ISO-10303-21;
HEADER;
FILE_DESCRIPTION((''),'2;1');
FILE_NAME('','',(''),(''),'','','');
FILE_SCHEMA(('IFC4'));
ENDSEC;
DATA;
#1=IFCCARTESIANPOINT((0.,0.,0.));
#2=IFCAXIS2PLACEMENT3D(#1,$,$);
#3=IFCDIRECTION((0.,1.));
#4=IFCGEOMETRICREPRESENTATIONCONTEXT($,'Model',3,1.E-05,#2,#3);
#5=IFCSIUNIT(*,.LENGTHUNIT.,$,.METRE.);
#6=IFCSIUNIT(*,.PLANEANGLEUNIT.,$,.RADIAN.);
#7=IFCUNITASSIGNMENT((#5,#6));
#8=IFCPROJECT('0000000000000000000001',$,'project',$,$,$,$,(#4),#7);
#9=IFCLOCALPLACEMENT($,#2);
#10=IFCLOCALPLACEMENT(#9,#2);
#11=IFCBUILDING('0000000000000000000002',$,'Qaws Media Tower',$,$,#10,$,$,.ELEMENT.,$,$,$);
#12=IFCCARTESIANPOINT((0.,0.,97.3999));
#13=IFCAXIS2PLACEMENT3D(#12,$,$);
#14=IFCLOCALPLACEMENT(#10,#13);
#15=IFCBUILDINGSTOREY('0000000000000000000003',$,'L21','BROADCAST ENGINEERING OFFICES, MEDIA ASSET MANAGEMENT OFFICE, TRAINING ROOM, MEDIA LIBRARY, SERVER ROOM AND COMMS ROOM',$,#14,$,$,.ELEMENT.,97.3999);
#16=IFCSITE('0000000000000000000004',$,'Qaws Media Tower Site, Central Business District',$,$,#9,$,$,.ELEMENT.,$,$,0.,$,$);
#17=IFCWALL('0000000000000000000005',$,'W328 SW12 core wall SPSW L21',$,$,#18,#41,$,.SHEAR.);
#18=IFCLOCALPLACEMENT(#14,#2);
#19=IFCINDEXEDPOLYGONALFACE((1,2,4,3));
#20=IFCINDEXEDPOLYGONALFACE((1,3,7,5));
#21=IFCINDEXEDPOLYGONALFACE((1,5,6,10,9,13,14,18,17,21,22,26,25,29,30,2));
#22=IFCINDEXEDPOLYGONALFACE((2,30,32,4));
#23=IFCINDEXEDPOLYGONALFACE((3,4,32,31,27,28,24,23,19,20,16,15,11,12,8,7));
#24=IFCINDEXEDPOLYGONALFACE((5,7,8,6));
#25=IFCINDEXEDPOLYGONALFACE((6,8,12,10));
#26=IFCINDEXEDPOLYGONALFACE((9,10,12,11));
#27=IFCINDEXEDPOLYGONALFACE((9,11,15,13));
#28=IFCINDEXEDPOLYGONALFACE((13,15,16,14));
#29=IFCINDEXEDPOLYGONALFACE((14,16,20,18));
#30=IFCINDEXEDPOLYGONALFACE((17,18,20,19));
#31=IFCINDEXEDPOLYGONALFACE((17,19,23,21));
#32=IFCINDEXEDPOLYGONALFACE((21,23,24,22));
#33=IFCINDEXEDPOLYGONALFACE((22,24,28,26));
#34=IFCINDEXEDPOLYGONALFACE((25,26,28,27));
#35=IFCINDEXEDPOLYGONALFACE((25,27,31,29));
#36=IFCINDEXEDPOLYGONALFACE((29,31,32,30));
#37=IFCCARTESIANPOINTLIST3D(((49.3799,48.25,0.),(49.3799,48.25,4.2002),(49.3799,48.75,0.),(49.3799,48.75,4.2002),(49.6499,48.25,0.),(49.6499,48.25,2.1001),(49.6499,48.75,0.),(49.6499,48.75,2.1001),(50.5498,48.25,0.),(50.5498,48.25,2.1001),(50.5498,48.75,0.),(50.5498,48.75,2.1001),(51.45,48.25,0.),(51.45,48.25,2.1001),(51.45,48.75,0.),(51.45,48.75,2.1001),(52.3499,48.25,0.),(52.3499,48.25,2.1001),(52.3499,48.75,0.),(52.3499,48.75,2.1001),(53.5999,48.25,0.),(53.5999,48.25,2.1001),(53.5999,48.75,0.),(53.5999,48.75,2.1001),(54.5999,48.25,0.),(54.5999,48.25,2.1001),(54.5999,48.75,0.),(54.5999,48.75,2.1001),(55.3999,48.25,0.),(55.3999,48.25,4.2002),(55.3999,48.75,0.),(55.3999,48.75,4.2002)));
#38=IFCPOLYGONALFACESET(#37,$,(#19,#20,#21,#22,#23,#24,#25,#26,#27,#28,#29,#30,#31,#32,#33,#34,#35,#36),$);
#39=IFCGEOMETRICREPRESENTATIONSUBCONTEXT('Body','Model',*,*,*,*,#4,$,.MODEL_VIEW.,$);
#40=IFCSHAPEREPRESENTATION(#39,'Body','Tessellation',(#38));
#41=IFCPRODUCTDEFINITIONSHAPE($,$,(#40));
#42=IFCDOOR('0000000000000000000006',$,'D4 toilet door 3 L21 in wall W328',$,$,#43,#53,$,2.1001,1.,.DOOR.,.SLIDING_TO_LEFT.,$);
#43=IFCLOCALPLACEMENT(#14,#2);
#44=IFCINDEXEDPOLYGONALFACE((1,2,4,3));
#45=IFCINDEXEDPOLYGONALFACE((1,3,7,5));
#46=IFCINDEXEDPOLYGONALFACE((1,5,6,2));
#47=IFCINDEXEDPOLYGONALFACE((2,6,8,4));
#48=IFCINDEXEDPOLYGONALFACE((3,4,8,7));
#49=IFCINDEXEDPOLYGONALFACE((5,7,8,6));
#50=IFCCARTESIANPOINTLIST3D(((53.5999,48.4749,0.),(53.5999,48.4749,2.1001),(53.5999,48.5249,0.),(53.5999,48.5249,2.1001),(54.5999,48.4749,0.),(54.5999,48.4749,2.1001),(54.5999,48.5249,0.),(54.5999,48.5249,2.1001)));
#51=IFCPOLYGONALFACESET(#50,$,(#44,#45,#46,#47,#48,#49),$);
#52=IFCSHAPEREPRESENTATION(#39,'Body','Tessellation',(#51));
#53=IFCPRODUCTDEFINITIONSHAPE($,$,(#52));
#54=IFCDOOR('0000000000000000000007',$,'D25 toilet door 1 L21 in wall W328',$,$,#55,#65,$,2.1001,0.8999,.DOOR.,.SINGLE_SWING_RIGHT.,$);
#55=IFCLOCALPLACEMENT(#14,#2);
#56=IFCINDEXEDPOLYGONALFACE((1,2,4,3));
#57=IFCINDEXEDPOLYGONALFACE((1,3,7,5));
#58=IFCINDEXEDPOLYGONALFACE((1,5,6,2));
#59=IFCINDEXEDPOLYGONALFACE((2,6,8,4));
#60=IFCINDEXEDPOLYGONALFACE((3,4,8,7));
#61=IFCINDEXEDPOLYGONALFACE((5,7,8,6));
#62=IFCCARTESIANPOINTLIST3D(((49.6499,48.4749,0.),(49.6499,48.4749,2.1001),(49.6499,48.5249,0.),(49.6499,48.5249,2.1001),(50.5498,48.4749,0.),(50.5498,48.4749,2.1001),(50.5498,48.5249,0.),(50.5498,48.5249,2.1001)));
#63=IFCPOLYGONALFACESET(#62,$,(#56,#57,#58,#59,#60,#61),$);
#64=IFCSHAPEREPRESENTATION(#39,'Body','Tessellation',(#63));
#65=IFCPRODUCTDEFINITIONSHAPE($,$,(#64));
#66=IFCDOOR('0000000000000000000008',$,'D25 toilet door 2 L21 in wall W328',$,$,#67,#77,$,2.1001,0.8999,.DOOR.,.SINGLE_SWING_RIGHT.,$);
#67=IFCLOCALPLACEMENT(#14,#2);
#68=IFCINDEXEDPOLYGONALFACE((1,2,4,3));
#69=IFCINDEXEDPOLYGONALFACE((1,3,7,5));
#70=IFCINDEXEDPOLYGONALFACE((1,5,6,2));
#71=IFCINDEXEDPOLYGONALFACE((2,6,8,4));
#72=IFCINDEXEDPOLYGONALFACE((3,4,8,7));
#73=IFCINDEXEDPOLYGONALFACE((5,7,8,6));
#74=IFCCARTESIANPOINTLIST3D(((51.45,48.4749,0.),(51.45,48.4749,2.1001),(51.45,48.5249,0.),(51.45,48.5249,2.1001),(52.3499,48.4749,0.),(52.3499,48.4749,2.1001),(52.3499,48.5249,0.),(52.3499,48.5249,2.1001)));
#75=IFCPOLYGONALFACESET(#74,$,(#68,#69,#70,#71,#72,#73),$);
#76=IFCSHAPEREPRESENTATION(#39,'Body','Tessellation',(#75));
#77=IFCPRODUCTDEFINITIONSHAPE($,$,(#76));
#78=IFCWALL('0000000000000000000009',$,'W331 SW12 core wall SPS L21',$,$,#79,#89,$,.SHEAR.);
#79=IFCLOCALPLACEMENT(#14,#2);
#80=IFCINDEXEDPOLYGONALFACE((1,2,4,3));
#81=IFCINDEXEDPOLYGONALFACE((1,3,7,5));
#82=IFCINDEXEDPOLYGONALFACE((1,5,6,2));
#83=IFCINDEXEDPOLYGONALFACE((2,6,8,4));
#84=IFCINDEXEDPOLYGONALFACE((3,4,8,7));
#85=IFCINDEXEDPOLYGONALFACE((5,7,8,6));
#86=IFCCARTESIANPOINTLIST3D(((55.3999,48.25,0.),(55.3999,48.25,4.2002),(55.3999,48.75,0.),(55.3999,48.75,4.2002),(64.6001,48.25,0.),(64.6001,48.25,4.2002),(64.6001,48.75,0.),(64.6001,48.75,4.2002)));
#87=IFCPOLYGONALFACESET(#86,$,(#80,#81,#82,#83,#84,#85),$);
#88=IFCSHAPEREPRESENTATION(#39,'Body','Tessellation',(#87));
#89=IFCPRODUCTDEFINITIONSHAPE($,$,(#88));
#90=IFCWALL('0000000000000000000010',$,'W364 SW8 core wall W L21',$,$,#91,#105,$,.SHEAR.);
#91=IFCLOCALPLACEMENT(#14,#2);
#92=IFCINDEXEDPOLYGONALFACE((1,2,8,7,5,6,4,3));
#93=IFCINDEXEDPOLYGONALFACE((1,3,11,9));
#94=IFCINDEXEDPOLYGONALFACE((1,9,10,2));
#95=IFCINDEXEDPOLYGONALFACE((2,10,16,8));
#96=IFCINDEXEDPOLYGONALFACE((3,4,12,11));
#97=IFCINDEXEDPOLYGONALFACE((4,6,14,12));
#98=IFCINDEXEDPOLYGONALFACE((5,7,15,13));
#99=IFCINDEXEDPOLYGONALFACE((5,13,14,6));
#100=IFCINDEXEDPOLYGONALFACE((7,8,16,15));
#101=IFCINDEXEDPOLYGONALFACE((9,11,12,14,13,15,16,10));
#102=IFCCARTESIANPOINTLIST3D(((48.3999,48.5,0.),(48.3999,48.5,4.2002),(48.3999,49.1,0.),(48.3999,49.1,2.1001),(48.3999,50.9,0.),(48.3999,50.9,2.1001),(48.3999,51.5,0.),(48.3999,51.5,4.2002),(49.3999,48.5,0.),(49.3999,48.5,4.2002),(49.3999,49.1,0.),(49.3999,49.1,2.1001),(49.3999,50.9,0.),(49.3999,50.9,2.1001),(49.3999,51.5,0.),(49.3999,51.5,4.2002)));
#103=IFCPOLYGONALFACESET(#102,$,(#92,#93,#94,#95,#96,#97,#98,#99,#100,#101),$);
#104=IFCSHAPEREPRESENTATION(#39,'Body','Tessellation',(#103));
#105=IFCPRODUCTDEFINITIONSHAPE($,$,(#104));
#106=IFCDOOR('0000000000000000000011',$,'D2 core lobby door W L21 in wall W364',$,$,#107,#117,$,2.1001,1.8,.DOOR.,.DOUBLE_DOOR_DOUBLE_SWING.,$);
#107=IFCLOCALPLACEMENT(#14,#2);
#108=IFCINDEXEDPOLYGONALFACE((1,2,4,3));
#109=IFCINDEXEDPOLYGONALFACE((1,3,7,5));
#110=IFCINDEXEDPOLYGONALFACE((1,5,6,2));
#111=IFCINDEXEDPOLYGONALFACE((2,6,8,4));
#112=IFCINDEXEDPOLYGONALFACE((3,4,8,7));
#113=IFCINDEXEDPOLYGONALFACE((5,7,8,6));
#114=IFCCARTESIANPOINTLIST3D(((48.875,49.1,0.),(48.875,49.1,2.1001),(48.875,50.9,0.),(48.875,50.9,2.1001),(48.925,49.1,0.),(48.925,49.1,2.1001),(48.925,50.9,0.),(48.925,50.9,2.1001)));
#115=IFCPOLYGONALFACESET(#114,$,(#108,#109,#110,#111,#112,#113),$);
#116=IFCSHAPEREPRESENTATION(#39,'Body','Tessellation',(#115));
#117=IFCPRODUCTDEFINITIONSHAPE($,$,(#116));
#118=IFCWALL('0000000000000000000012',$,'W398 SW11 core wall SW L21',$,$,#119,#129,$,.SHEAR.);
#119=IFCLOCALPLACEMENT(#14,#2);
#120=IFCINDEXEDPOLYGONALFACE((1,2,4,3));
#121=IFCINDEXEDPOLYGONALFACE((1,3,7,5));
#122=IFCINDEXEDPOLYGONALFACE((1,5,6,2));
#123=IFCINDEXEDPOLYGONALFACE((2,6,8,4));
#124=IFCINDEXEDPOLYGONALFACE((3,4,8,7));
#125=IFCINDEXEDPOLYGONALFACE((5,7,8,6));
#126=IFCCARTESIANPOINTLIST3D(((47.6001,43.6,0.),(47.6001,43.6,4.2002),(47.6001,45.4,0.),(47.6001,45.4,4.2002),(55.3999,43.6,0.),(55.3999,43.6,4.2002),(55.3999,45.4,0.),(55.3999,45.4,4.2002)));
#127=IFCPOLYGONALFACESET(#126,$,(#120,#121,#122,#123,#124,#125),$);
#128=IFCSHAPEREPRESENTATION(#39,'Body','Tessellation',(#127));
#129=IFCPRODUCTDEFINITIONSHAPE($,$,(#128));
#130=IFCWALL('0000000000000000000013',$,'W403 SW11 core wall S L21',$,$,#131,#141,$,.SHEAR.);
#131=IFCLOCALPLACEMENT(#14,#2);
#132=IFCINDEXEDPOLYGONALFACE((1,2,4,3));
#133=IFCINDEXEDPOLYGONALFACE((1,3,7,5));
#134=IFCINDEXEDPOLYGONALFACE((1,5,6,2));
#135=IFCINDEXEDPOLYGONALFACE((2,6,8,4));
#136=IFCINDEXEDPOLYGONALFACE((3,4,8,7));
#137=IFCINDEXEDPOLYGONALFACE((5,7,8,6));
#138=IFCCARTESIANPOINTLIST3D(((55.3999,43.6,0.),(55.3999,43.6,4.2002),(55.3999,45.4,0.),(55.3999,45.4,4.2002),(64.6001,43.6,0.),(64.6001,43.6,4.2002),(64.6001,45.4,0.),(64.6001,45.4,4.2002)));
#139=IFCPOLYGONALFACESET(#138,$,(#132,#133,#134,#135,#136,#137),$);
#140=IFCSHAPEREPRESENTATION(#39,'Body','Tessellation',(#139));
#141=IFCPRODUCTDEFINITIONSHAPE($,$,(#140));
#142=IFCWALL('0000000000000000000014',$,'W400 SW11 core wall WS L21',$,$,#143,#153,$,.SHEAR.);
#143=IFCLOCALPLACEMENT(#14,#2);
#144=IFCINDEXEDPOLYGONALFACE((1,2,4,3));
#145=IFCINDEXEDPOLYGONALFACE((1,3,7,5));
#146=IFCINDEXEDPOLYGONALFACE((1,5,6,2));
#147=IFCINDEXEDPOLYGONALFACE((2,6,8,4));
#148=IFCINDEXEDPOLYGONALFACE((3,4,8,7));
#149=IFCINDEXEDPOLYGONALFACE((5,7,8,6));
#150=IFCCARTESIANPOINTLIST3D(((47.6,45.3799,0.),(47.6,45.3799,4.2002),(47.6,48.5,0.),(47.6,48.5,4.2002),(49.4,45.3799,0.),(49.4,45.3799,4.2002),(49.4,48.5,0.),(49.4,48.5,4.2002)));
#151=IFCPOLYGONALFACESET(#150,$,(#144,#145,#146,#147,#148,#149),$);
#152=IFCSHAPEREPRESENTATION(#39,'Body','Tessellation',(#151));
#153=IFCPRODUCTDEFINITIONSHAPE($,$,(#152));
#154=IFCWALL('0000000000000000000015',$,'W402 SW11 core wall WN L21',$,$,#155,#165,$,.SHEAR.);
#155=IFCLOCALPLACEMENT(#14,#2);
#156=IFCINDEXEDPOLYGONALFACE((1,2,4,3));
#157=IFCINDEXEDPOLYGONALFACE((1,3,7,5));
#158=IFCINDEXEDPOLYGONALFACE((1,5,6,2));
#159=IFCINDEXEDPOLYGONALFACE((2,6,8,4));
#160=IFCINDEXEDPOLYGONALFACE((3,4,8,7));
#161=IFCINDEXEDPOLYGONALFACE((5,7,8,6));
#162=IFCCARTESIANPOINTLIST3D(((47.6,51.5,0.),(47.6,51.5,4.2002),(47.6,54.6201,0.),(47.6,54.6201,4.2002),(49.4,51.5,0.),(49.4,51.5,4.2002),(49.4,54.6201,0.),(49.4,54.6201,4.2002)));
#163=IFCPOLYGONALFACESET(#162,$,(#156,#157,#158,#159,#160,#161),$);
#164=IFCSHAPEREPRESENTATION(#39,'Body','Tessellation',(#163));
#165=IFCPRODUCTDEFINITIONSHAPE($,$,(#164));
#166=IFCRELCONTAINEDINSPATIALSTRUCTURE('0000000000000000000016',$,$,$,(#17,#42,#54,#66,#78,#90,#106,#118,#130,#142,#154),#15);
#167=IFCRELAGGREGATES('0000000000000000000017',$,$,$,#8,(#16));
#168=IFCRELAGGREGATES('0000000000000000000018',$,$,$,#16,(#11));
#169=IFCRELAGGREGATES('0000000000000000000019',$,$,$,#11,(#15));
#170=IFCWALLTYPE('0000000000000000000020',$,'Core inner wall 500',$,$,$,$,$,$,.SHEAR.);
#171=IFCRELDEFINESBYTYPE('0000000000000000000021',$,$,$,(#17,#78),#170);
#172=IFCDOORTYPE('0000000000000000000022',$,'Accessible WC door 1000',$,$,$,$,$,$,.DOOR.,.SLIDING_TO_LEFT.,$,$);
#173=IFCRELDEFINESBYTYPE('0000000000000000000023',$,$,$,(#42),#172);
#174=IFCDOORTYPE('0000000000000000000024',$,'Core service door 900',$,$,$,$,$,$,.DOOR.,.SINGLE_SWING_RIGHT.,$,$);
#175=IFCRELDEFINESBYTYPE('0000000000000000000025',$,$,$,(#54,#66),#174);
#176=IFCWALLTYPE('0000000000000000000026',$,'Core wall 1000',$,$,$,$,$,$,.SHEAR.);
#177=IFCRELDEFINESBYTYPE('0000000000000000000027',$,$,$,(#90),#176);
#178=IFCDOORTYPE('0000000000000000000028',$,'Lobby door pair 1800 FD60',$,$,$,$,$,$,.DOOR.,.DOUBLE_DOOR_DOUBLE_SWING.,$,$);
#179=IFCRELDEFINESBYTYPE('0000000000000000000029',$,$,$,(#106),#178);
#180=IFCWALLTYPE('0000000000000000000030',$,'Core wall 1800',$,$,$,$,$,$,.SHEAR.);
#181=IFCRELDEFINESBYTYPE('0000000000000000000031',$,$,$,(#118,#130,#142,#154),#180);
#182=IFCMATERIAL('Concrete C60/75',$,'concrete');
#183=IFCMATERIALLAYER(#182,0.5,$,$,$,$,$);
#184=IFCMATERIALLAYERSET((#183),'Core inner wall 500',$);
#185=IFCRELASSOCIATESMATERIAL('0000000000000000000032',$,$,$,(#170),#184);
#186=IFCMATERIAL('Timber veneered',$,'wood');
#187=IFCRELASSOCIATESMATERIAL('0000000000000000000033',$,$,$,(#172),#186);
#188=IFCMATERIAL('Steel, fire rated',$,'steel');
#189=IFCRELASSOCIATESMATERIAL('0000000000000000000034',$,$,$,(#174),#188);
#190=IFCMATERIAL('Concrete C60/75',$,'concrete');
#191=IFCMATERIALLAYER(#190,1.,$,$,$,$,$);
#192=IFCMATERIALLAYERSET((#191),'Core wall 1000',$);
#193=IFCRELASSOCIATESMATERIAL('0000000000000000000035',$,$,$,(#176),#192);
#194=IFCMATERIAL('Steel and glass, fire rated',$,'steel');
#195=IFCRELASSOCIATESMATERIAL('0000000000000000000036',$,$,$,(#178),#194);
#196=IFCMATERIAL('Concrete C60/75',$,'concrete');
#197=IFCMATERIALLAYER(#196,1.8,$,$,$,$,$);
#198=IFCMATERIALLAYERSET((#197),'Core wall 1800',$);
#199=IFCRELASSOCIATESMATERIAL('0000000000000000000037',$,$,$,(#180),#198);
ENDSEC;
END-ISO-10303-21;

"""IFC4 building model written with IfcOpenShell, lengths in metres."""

from ifc_helpers import new_model, si_unit, direction, frame, frame_2d, origin, place, context, subcontext, project, spatial, rectangle, extrude, material, layer, layer_set, type_object, element, fill, save


model = new_model("IFC4")

# Units and contexts
model_context = context("Model", 3, precision=1e-05, world=origin(), true_north=direction((0.0, 1.0)))
body_context = subcontext(model_context, "Body", "Model", "MODEL_VIEW")
ifc_project = project(units=[si_unit("LENGTHUNIT", "METRE"), si_unit("PLANEANGLEUNIT", "RADIAN")], contexts=[model_context])

# Site, building, storey
site_placement = place(None, origin())
site = spatial("IfcSite", under=ifc_project, at=site_placement, Name="Qaws Media Tower Site, Central Business District", CompositionType="ELEMENT", RefElevation=0.0)
building_placement = place(site_placement, origin())
building = spatial("IfcBuilding", under=site, at=building_placement, Name="Qaws Media Tower", CompositionType="ELEMENT")
storey_placement = place(building_placement, frame((0.0, 0.0, 97.3999)))
storey = spatial("IfcBuildingStorey", under=building, at=storey_placement, Name="L21", Description="BROADCAST ENGINEERING OFFICES, MEDIA ASSET MANAGEMENT OFFICE, TRAINING ROOM, MEDIA LIBRARY, SERVER ROOM AND COMMS ROOM", CompositionType="ELEMENT", Elevation=97.3999)

# Shared definitions
ifc_material_1 = material(Name="Concrete C60/75", Category="concrete")
ifc_layer_1 = layer(ifc_material_1, 0.5)
ifc_layer_set_1 = layer_set([ifc_layer_1], Name="Core inner wall 500")
wall_type_1 = type_object("IfcWallType", Name="Core inner wall 500", PredefinedType="SHEAR", material=ifc_layer_set_1)

# Wall, openings, doors
wall_1_placement = place(storey_placement, frame((49.3799, 48.5, 0.0), z_axis=(0.0, 0.0, 1.0), x_axis=(1.0, 0.0, 0.0)))
wall_1 = element("IfcWall", 1, at=wall_1_placement, inside=storey, type_object=wall_type_1, Name="W328 SW12 core wall SPSW L21", PredefinedType="SHEAR", context=body_context, shape_type="SweptSolid", body=[
    extrude(rectangle(XDim=6.02, YDim=0.5, at=frame_2d((3.01, 0.0))), origin(), (0.0, 0.0, 1.0), 4.2002),
])
opening_1_placement = place(wall_1_placement, frame((0.27, 0.0, 0.0)))
opening_1 = element("IfcOpeningElement", 2, at=opening_1_placement, cuts=wall_1, PredefinedType="OPENING", context=body_context, shape_type="SweptSolid", body=[
    extrude(rectangle(XDim=0.8999, YDim=2.1001, at=frame_2d((0.45, 1.05))), frame((0.0, 0.26, 0.0), z_axis=(0.0, -1.0, 0.0), x_axis=(1.0, 0.0, 0.0)), (0.0, 0.0, 1.0), 0.52),
])
opening_2_placement = place(wall_1_placement, frame((2.0701, 0.0, 0.0)))
opening_2 = element("IfcOpeningElement", 3, at=opening_2_placement, cuts=wall_1, PredefinedType="OPENING", context=body_context, shape_type="SweptSolid", body=[
    extrude(rectangle(XDim=0.8999, YDim=2.1001, at=frame_2d((0.45, 1.05))), frame((0.0, 0.26, 0.0), z_axis=(0.0, -1.0, 0.0), x_axis=(1.0, 0.0, 0.0)), (0.0, 0.0, 1.0), 0.52),
])
opening_3_placement = place(wall_1_placement, frame((4.22, 0.0, 0.0)))
opening_3 = element("IfcOpeningElement", 4, at=opening_3_placement, cuts=wall_1, PredefinedType="OPENING", context=body_context, shape_type="SweptSolid", body=[
    extrude(rectangle(XDim=1.0, YDim=2.1001, at=frame_2d((0.5, 1.05))), frame((0.0, 0.26, 0.0), z_axis=(0.0, -1.0, 0.0), x_axis=(1.0, 0.0, 0.0)), (0.0, 0.0, 1.0), 0.52),
])
ifc_material_2 = material(Name="Timber veneered", Category="wood")
door_type_1 = type_object("IfcDoorType", Name="Accessible WC door 1000", OperationType="SLIDING_TO_LEFT", PredefinedType="DOOR", material=ifc_material_2)
door_1_placement = place(opening_3_placement, origin())
door_1 = element("IfcDoor", 5, at=door_1_placement, inside=storey, type_object=door_type_1, Name="D4 toilet door 3 L21 in wall W328", OperationType="SLIDING_TO_LEFT", OverallHeight=2.1001, OverallWidth=1.0, PredefinedType="DOOR", context=body_context, shape_type="SweptSolid", body=[
    extrude(rectangle(XDim=1.0, YDim=2.1001, at=frame_2d((0.5, 1.05))), frame((0.0, 0.0249, 0.0), z_axis=(0.0, -1.0, 0.0), x_axis=(1.0, 0.0, 0.0)), (0.0, 0.0, 1.0), 0.05),
])
fill(opening_3, door_1)
ifc_material_3 = material(Name="Steel, fire rated", Category="steel")
door_type_2 = type_object("IfcDoorType", Name="Core service door 900", OperationType="SINGLE_SWING_RIGHT", PredefinedType="DOOR", material=ifc_material_3)
door_2_placement = place(opening_1_placement, origin())
door_2 = element("IfcDoor", 6, at=door_2_placement, inside=storey, type_object=door_type_2, Name="D25 toilet door 1 L21 in wall W328", OperationType="SINGLE_SWING_RIGHT", OverallHeight=2.1001, OverallWidth=0.8999, PredefinedType="DOOR", context=body_context, shape_type="SweptSolid", body=[
    extrude(rectangle(XDim=0.8999, YDim=2.1001, at=frame_2d((0.45, 1.05))), frame((0.0, 0.0249, 0.0), z_axis=(0.0, -1.0, 0.0), x_axis=(1.0, 0.0, 0.0)), (0.0, 0.0, 1.0), 0.05),
])
fill(opening_1, door_2)
door_3_placement = place(opening_2_placement, origin())
door_3 = element("IfcDoor", 7, at=door_3_placement, inside=storey, type_object=door_type_2, Name="D25 toilet door 2 L21 in wall W328", OperationType="SINGLE_SWING_RIGHT", OverallHeight=2.1001, OverallWidth=0.8999, PredefinedType="DOOR", context=body_context, shape_type="SweptSolid", body=[
    extrude(rectangle(XDim=0.8999, YDim=2.1001, at=frame_2d((0.45, 1.05))), frame((0.0, 0.0249, 0.0), z_axis=(0.0, -1.0, 0.0), x_axis=(1.0, 0.0, 0.0)), (0.0, 0.0, 1.0), 0.05),
])
fill(opening_2, door_3)

# Wall
wall_2_placement = place(storey_placement, frame((55.3999, 48.5, 0.0), z_axis=(0.0, 0.0, 1.0), x_axis=(1.0, 0.0, 0.0)))
element("IfcWall", 8, at=wall_2_placement, inside=storey, type_object=wall_type_1, Name="W331 SW12 core wall SPS L21", PredefinedType="SHEAR", context=body_context, shape_type="SweptSolid", body=[
    extrude(rectangle(XDim=9.2002, YDim=0.5, at=frame_2d((4.6001, 0.0))), origin(), (0.0, 0.0, 1.0), 4.2002),
])

# Wall, opening, door
ifc_material_4 = material(Name="Concrete C60/75", Category="concrete")
ifc_layer_2 = layer(ifc_material_4, 1.0)
ifc_layer_set_2 = layer_set([ifc_layer_2], Name="Core wall 1000")
wall_type_2 = type_object("IfcWallType", Name="Core wall 1000", PredefinedType="SHEAR", material=ifc_layer_set_2)
wall_3_placement = place(storey_placement, frame((48.8999, 48.5, 0.0), z_axis=(0.0, 0.0, 1.0), x_axis=(0.0, 1.0, 0.0)))
wall_3 = element("IfcWall", 9, at=wall_3_placement, inside=storey, type_object=wall_type_2, Name="W364 SW8 core wall W L21", PredefinedType="SHEAR", context=body_context, shape_type="SweptSolid", body=[
    extrude(rectangle(XDim=3.0, YDim=1.0, at=frame_2d((1.5, 0.0))), origin(), (0.0, 0.0, 1.0), 4.2002),
])
opening_4_placement = place(wall_3_placement, frame((0.6001, 0.0, 0.0)))
opening_4 = element("IfcOpeningElement", 10, at=opening_4_placement, cuts=wall_3, PredefinedType="OPENING", context=body_context, shape_type="SweptSolid", body=[
    extrude(rectangle(XDim=1.8, YDim=2.1001, at=frame_2d((0.8999, 1.05))), frame((0.0, 0.51, 0.0), z_axis=(0.0, -1.0, 0.0), x_axis=(1.0, 0.0, 0.0)), (0.0, 0.0, 1.0), 1.02),
])
ifc_material_5 = material(Name="Steel and glass, fire rated", Category="steel")
door_type_3 = type_object("IfcDoorType", Name="Lobby door pair 1800 FD60", OperationType="DOUBLE_DOOR_DOUBLE_SWING", PredefinedType="DOOR", material=ifc_material_5)
door_4_placement = place(opening_4_placement, origin())
door_4 = element("IfcDoor", 11, at=door_4_placement, inside=storey, type_object=door_type_3, Name="D2 core lobby door W L21 in wall W364", OperationType="DOUBLE_DOOR_DOUBLE_SWING", OverallHeight=2.1001, OverallWidth=1.8, PredefinedType="DOOR", context=body_context, shape_type="SweptSolid", body=[
    extrude(rectangle(XDim=1.8, YDim=2.1001, at=frame_2d((0.8999, 1.05))), frame((0.0, 0.0249, 0.0), z_axis=(0.0, -1.0, 0.0), x_axis=(1.0, 0.0, 0.0)), (0.0, 0.0, 1.0), 0.05),
])
fill(opening_4, door_4)

# Walls
ifc_material_6 = material(Name="Concrete C60/75", Category="concrete")
ifc_layer_3 = layer(ifc_material_6, 1.8)
ifc_layer_set_3 = layer_set([ifc_layer_3], Name="Core wall 1800")
wall_type_3 = type_object("IfcWallType", Name="Core wall 1800", PredefinedType="SHEAR", material=ifc_layer_set_3)
wall_4_placement = place(storey_placement, frame((47.6001, 44.5, 0.0), z_axis=(0.0, 0.0, 1.0), x_axis=(1.0, 0.0, 0.0)))
element("IfcWall", 12, at=wall_4_placement, inside=storey, type_object=wall_type_3, Name="W398 SW11 core wall SW L21", PredefinedType="SHEAR", context=body_context, shape_type="SweptSolid", body=[
    extrude(rectangle(XDim=7.7998, YDim=1.8, at=frame_2d((3.8999, 0.0))), origin(), (0.0, 0.0, 1.0), 4.2002),
])
wall_5_placement = place(storey_placement, frame((55.3999, 44.5, 0.0), z_axis=(0.0, 0.0, 1.0), x_axis=(1.0, 0.0, 0.0)))
element("IfcWall", 13, at=wall_5_placement, inside=storey, type_object=wall_type_3, Name="W403 SW11 core wall S L21", PredefinedType="SHEAR", context=body_context, shape_type="SweptSolid", body=[
    extrude(rectangle(XDim=9.2002, YDim=1.8, at=frame_2d((4.6001, 0.0))), origin(), (0.0, 0.0, 1.0), 4.2002),
])
for number, where, z_axis, x_axis, name in (
    (14, (48.5, 45.3799, 0.0), (0.0, 0.0, 1.0), (0.0, 1.0, 0.0), "W400 SW11 core wall WS L21"),
    (15, (48.5, 51.5, 0.0), (0.0, 0.0, 1.0), (0.0, 1.0, 0.0), "W402 SW11 core wall WN L21"),
):
    element("IfcWall", number, at=place(storey_placement, frame(where, z_axis=z_axis, x_axis=x_axis)), inside=storey, type_object=wall_type_3, Name=name, PredefinedType="SHEAR", context=body_context, shape_type="SweptSolid", body=[
        extrude(rectangle(XDim=3.1201, YDim=1.8, at=frame_2d((1.5601, 0.0))), origin(), (0.0, 0.0, 1.0), 4.2002),
    ])

save(model, "model.ifc")
